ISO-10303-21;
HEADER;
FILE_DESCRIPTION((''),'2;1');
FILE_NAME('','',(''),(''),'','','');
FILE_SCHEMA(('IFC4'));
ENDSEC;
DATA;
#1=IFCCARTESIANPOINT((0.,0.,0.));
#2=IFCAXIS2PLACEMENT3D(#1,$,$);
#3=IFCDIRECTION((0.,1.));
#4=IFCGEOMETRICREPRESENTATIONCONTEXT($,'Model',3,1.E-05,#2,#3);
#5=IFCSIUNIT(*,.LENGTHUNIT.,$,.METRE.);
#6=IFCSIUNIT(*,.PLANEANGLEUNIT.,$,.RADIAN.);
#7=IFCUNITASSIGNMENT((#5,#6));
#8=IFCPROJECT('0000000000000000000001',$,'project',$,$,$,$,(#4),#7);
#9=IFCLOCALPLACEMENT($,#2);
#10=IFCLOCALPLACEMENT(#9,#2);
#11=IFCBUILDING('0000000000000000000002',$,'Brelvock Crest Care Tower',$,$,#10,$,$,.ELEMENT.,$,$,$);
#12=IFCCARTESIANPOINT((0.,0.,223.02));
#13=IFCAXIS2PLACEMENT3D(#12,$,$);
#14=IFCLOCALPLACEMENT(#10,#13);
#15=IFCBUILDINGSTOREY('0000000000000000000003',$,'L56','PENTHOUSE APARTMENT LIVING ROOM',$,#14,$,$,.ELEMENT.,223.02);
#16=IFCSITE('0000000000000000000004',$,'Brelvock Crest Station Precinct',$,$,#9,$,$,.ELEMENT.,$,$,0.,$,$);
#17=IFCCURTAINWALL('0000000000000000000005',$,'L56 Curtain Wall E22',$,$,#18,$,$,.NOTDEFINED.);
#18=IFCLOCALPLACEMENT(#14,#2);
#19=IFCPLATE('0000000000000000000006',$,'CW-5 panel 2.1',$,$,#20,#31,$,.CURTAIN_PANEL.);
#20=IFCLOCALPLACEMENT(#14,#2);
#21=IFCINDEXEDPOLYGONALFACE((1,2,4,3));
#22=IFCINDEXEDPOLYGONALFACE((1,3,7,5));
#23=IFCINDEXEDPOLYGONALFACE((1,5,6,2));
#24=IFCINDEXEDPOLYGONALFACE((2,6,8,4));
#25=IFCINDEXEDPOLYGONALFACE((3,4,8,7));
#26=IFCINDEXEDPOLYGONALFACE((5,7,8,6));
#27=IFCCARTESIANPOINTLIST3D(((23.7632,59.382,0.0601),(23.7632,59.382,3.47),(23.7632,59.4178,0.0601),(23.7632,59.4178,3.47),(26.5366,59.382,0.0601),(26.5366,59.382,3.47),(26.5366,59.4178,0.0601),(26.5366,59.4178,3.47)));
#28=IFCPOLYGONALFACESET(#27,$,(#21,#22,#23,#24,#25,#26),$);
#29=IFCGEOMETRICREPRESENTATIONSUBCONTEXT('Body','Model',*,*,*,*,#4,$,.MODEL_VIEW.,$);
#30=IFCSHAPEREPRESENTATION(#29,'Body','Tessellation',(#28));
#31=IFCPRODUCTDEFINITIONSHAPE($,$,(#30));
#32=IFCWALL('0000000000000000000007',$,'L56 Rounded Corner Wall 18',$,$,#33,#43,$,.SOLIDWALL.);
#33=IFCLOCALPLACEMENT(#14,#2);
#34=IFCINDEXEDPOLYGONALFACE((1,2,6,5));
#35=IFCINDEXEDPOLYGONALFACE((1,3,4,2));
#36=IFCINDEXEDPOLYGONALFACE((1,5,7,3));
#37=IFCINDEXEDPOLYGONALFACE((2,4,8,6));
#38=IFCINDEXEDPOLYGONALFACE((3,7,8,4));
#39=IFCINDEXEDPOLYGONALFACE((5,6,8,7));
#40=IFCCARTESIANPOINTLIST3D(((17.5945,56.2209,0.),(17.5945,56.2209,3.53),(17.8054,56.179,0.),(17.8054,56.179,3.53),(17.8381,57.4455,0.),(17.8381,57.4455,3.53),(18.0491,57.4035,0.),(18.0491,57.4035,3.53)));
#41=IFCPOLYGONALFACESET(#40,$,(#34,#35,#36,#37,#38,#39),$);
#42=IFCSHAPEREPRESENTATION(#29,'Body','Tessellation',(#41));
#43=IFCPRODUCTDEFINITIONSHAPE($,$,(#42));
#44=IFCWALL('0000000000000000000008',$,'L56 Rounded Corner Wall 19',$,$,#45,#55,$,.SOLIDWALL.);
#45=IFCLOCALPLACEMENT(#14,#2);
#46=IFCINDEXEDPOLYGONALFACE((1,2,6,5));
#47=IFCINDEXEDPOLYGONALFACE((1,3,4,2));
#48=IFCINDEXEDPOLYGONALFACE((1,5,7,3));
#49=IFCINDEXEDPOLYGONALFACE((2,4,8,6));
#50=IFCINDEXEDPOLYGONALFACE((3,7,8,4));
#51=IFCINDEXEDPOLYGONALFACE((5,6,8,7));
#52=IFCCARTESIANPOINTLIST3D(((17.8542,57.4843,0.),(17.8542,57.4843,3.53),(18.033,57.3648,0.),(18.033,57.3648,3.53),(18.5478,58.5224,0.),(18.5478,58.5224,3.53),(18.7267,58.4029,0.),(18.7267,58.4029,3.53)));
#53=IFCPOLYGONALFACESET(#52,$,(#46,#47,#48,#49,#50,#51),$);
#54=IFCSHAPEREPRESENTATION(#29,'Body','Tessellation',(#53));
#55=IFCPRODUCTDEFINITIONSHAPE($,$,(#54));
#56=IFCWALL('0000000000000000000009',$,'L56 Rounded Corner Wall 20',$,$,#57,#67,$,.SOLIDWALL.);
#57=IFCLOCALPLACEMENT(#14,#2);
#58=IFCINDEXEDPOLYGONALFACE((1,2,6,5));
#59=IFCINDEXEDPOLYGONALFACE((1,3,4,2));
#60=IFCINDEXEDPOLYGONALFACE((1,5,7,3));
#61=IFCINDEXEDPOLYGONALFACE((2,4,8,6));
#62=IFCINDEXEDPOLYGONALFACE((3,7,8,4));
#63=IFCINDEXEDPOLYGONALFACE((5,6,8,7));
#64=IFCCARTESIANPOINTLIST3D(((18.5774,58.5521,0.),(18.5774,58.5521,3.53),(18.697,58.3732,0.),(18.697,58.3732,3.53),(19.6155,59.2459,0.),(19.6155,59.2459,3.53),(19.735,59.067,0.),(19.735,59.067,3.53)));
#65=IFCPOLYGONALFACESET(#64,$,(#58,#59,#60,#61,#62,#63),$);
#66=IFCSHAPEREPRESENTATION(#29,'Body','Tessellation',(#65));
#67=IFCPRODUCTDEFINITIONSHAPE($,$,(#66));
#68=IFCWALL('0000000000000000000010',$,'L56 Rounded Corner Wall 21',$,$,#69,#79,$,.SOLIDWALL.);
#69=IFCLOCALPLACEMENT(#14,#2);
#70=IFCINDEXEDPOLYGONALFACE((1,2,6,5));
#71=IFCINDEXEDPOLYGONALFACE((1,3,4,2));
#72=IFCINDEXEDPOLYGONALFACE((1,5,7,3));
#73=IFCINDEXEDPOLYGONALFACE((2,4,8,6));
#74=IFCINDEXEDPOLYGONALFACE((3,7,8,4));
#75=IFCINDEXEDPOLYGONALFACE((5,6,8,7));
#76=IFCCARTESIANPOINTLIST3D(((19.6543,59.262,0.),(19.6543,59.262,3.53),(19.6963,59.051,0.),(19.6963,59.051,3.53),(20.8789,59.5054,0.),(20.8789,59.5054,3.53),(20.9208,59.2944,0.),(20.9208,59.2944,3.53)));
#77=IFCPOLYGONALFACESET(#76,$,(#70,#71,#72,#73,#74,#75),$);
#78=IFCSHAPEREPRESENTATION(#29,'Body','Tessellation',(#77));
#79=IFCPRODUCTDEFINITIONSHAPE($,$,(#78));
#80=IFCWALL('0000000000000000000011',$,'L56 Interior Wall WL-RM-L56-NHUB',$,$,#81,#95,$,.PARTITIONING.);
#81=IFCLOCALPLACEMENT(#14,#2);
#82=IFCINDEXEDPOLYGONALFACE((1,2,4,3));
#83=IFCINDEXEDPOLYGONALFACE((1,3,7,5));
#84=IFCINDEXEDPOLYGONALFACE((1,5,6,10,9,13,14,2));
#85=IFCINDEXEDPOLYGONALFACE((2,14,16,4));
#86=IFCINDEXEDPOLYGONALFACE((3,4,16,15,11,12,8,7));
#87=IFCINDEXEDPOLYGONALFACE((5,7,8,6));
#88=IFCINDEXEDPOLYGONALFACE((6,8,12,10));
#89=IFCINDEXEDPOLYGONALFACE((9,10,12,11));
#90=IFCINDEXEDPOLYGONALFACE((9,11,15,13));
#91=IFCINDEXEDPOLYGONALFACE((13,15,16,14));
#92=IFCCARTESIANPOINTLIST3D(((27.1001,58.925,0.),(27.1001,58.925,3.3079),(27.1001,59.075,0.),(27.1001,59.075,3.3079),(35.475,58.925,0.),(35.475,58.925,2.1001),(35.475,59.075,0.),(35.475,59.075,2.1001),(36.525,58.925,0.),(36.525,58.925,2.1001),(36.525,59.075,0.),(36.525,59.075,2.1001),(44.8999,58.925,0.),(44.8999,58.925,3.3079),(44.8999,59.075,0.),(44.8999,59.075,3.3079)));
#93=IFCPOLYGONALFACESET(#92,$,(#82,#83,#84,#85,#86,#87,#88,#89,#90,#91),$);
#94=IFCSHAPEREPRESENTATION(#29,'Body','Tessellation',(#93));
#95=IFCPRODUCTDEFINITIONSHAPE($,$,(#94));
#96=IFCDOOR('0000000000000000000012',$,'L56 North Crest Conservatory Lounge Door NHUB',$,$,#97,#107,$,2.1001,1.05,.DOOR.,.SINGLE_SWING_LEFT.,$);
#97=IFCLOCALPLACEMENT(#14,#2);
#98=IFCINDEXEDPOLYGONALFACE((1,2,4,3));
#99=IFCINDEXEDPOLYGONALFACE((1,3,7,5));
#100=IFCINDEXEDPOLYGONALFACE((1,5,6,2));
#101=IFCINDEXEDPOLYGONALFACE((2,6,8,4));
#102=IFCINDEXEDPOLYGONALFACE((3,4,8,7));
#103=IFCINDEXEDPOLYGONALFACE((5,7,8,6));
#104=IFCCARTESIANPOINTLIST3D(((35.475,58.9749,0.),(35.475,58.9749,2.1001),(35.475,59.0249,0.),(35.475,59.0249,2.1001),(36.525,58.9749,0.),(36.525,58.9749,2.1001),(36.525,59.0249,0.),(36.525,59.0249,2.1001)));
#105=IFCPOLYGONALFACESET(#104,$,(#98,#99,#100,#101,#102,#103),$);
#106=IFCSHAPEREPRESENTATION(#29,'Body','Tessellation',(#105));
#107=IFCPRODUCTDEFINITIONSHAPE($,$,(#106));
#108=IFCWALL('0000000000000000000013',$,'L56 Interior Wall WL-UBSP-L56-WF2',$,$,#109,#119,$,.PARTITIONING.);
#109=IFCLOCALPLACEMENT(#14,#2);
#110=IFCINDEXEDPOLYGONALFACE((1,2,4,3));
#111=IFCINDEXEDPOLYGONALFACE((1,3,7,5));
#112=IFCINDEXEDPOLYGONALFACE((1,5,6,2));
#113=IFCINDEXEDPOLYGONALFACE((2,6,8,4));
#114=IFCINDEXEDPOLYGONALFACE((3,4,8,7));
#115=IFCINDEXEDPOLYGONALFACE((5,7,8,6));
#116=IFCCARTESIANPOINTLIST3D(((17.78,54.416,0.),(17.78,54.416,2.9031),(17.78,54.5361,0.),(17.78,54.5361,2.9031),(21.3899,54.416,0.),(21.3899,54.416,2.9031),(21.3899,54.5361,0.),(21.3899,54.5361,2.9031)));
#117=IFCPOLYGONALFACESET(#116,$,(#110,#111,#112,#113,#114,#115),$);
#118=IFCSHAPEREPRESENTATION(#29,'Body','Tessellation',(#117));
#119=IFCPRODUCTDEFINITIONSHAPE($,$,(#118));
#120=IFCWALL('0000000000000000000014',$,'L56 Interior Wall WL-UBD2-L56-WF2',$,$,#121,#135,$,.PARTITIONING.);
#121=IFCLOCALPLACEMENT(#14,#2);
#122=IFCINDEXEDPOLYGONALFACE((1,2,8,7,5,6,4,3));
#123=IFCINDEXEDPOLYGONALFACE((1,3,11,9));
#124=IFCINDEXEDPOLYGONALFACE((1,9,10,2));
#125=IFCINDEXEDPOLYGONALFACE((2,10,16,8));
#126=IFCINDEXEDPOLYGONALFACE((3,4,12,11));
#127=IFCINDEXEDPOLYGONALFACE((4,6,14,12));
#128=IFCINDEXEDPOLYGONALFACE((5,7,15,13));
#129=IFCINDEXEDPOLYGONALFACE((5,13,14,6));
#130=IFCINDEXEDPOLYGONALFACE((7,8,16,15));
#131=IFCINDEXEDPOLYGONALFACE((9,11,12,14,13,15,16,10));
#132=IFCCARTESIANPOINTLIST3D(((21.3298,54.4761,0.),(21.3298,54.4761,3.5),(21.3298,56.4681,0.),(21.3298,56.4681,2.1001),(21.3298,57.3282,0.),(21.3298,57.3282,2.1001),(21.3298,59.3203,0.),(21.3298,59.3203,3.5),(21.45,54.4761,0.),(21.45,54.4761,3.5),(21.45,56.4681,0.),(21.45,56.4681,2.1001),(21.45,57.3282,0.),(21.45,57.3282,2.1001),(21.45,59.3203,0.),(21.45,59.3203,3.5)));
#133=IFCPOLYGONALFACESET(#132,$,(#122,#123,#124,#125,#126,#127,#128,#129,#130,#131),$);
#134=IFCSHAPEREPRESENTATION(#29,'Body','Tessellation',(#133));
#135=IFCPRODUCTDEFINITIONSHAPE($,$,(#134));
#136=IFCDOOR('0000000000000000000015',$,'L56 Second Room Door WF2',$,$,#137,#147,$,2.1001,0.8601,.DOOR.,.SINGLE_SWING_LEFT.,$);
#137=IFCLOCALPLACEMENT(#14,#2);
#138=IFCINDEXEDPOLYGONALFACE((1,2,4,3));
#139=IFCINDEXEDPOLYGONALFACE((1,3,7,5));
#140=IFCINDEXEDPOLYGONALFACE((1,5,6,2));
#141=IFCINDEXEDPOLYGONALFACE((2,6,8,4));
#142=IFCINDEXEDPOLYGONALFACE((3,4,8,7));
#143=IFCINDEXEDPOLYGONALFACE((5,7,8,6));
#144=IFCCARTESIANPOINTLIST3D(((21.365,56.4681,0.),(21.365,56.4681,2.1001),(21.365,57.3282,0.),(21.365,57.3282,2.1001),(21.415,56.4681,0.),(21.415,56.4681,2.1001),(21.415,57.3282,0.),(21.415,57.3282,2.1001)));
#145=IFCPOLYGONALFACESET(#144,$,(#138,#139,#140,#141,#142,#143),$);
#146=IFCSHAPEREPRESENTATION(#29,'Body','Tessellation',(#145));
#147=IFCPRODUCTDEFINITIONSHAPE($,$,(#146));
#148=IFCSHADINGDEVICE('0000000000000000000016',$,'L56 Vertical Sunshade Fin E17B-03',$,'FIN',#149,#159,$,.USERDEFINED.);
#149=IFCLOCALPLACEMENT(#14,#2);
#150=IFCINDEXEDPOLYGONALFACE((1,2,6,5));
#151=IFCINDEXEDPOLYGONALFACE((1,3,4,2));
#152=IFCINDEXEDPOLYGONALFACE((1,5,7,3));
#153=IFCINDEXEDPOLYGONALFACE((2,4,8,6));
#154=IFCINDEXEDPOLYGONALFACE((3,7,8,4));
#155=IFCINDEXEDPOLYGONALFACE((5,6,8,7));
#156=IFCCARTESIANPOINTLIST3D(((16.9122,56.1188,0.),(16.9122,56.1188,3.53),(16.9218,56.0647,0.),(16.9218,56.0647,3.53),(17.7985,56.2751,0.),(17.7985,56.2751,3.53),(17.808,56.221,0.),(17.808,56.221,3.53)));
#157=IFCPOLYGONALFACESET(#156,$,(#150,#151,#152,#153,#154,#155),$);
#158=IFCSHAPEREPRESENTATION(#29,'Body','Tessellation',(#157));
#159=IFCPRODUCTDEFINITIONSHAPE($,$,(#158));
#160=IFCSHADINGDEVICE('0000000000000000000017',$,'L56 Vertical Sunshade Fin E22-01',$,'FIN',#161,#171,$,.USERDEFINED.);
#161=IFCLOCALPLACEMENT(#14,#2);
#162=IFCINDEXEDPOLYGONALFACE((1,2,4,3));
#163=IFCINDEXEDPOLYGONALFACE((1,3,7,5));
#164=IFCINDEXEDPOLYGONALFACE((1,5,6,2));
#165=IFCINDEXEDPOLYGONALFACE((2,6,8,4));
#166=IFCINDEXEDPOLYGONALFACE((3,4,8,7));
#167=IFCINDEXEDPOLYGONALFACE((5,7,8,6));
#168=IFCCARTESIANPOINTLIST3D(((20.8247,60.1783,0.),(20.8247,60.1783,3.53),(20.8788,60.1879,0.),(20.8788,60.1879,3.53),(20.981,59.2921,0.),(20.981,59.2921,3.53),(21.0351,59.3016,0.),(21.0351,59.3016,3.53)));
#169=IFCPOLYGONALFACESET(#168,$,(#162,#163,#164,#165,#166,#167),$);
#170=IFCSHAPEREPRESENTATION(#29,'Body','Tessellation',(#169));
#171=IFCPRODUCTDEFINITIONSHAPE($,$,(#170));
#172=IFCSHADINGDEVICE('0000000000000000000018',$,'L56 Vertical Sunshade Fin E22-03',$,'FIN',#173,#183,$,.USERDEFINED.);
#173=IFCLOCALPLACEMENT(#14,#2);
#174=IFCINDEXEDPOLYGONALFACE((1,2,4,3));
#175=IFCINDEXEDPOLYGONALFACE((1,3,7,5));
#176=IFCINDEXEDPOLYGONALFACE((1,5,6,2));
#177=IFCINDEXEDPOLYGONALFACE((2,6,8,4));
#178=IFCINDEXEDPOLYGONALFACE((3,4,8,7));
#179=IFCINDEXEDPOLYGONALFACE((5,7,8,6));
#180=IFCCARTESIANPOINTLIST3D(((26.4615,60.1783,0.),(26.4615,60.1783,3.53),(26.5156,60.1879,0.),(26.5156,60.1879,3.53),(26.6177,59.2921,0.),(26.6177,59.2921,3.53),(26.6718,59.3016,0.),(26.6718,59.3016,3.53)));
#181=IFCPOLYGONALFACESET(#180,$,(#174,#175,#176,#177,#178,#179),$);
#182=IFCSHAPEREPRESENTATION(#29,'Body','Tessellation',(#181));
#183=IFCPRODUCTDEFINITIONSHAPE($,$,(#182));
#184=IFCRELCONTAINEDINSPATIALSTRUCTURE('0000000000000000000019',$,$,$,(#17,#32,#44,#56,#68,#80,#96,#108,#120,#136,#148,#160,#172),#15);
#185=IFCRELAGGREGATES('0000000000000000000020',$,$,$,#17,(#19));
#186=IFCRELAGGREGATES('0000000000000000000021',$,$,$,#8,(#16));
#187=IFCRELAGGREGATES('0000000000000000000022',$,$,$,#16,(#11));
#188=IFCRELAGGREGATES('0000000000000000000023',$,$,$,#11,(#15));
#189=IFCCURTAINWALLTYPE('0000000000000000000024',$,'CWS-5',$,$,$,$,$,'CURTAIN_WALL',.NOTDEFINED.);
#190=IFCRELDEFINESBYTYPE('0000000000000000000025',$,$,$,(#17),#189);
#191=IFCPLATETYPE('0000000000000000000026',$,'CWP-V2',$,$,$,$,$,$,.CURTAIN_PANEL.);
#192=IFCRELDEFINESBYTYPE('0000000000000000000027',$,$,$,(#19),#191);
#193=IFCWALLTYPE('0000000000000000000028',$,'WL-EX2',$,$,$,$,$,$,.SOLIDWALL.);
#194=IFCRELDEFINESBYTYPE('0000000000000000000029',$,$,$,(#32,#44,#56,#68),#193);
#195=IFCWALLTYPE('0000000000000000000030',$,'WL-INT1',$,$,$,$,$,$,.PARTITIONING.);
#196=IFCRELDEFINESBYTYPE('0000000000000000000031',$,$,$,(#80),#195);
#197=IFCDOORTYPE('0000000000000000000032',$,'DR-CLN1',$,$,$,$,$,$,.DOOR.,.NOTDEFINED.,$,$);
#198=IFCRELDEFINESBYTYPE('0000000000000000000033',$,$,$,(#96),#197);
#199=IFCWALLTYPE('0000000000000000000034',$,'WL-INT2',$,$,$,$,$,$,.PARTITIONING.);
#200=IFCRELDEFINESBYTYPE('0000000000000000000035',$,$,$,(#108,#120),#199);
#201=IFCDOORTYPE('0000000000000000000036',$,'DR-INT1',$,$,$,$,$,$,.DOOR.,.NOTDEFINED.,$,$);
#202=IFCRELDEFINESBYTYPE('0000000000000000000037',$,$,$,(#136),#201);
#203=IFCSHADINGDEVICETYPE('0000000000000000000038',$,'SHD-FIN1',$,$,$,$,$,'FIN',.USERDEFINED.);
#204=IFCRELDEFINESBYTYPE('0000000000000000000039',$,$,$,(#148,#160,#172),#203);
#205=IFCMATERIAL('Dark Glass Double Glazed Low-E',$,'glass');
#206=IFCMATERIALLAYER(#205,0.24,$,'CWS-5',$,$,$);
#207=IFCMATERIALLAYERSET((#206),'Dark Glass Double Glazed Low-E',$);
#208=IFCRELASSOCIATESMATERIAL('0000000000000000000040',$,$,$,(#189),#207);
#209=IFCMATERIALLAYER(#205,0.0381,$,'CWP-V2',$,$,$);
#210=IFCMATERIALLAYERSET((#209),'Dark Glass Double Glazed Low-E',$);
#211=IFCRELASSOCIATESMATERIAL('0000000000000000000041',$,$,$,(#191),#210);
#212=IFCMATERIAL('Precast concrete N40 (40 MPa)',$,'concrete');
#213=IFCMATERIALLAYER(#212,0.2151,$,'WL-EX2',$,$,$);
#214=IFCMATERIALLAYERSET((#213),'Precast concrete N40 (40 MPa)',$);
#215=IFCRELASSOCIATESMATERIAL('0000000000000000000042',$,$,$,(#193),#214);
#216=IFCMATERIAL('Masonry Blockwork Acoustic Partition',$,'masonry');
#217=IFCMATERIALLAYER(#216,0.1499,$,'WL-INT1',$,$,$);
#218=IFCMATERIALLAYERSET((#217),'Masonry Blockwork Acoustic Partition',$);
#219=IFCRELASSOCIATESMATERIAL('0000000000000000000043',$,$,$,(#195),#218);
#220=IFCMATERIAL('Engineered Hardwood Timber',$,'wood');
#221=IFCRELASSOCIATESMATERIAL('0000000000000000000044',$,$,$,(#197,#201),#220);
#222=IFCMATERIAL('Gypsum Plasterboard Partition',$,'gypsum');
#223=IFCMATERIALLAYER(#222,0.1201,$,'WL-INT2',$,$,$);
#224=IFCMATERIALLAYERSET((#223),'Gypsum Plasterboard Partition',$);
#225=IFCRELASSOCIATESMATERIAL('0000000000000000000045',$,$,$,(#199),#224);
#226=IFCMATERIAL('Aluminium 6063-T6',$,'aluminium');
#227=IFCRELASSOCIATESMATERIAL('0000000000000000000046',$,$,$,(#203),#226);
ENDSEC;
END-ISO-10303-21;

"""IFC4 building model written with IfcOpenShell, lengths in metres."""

from ifc_helpers import new_model, si_unit, direction, frame, frame_2d, origin, origin_2d, place, context, subcontext, project, spatial, rectangle, extrude, source, transform, mapped, material, layer, layer_set, material_profile, profile_set, type_object, element, fill, aggregate, save


model = new_model("IFC4")

# Units and contexts
model_context = context("Model", 3, precision=1e-05, world=origin(), true_north=direction((0.0, 1.0)))
body_context = subcontext(model_context, "Body", "Model", "MODEL_VIEW")
ifc_project = project(units=[si_unit("LENGTHUNIT", "METRE"), si_unit("PLANEANGLEUNIT", "RADIAN")], contexts=[model_context])

# Site, building, storey
site_placement = place(None, origin())
site = spatial("IfcSite", under=ifc_project, at=site_placement, Name="Brelvock Crest Station Precinct", CompositionType="ELEMENT", RefElevation=0.0)
building_placement = place(site_placement, origin())
building = spatial("IfcBuilding", under=site, at=building_placement, Name="Brelvock Crest Care Tower", CompositionType="ELEMENT")
storey_placement = place(building_placement, frame((0.0, 0.0, 223.02)))
storey = spatial("IfcBuildingStorey", under=building, at=storey_placement, Name="L56", Description="PENTHOUSE APARTMENT LIVING ROOM", CompositionType="ELEMENT", Elevation=223.02)

# Shared definitions
ifc_material_1 = material(Name="Dark Glass Double Glazed Low-E", Category="glass")
ifc_layer_1 = layer(ifc_material_1, 0.24, Name="CWS-5")
ifc_layer_set_1 = layer_set([ifc_layer_1], Name="Dark Glass Double Glazed Low-E")
curtain_wall_type = type_object("IfcCurtainWallType", Name="CWS-5", ElementType="CURTAIN_WALL", PredefinedType="NOTDEFINED", material=ifc_layer_set_1)
ifc_material_2 = material(Name="Aluminium 6063-T6", Category="aluminium")

# Curtain wall
curtain_wall_1_placement = place(storey_placement, origin())
curtain_wall_1 = element("IfcCurtainWall", 1, at=curtain_wall_1_placement, inside=storey, type_object=curtain_wall_type, Name="L56 Curtain Wall E22", PredefinedType="NOTDEFINED")

# Plate
ifc_layer_2 = layer(ifc_material_1, 0.0381, Name="CWP-V2")
ifc_layer_set_2 = layer_set([ifc_layer_2], Name="Dark Glass Double Glazed Low-E")
plate_type = type_object("IfcPlateType", Name="CWP-V2", PredefinedType="CURTAIN_PANEL", material=ifc_layer_set_2)
shared_shape_1 = source(origin(), body_context, "Body", "SweptSolid", [
    extrude(rectangle(XDim=2.7734, YDim=0.0359, at=origin_2d()), origin(), (0.0, 0.0, 1.0), 3.4099),
])
plate_1_placement = place(storey_placement, frame((25.1499, 59.3999, 0.0601), z_axis=(0.0, 0.0, 1.0), x_axis=(1.0, 0.0, 0.0)))
plate_1 = element("IfcPlate", 2, at=plate_1_placement, type_object=plate_type, Name="CW-5 panel 2.1", PredefinedType="CURTAIN_PANEL", context=body_context, shape_type="MappedRepresentation", body=[
    mapped(shared_shape_1, transform((0.0, 0.0, 0.0), x_axis=(1.0, 0.0, 0.0), y_axis=(0.0, 1.0, 0.0), z_axis=(0.0, 0.0, 1.0), scale=1.0)),
])
aggregate(curtain_wall_1, [plate_1])

# Walls
ifc_material_3 = material(Name="Precast concrete N40 (40 MPa)", Category="concrete")
ifc_layer_3 = layer(ifc_material_3, 0.2151, Name="WL-EX2")
ifc_layer_set_3 = layer_set([ifc_layer_3], Name="Precast concrete N40 (40 MPa)")
wall_type_1 = type_object("IfcWallType", Name="WL-EX2", PredefinedType="SOLIDWALL", material=ifc_layer_set_3)
for number, where, z_axis, x_axis, name in (
    (3, (17.7, 56.2, 0.0), (0.0, 0.0, 1.0), (0.195138, 0.980776, 0.0), "L56 Rounded Corner Wall 18"),
    (4, (17.9436, 57.4246, 0.0), (0.0, 0.0, 1.0), (0.555557, 0.831478, 0.0), "L56 Rounded Corner Wall 19"),
    (5, (18.6372, 58.4626, 0.0), (0.0, 0.0, 1.0), (0.831388, 0.555692, 0.0), "L56 Rounded Corner Wall 20"),
    (6, (19.6753, 59.1565, 0.0), (0.0, 0.0, 1.0), (0.980813, 0.19495, 0.0), "L56 Rounded Corner Wall 21"),
):
    element("IfcWall", number, at=place(storey_placement, frame(where, z_axis=z_axis, x_axis=x_axis)), inside=storey, type_object=wall_type_1, Name=name, PredefinedType="SOLIDWALL", context=body_context, shape_type="SweptSolid", body=[
        extrude(rectangle(XDim=1.2485, YDim=0.2151, at=frame_2d((0.6243, 0.0))), origin(), (0.0, 0.0, 1.0), 3.53),
    ])

# Wall, opening, door
ifc_material_4 = material(Name="Masonry Blockwork Acoustic Partition", Category="masonry")
ifc_layer_4 = layer(ifc_material_4, 0.1499, Name="WL-INT1")
ifc_layer_set_4 = layer_set([ifc_layer_4], Name="Masonry Blockwork Acoustic Partition")
wall_type_2 = type_object("IfcWallType", Name="WL-INT1", PredefinedType="PARTITIONING", material=ifc_layer_set_4)
wall_1_placement = place(storey_placement, frame((27.1001, 59.0, 0.0), z_axis=(0.0, 0.0, 1.0), x_axis=(1.0, 0.0, 0.0)))
wall_1 = element("IfcWall", 7, at=wall_1_placement, inside=storey, type_object=wall_type_2, Name="L56 Interior Wall WL-RM-L56-NHUB", PredefinedType="PARTITIONING", context=body_context, shape_type="SweptSolid", body=[
    extrude(rectangle(XDim=17.7998, YDim=0.1499, at=frame_2d((8.8999, 0.0))), origin(), (0.0, 0.0, 1.0), 3.3079),
])
opening_1_placement = place(wall_1_placement, frame((8.375, 0.0, 0.0)))
opening_1 = element("IfcOpeningElement", 8, at=opening_1_placement, cuts=wall_1, PredefinedType="OPENING", context=body_context, shape_type="SweptSolid", body=[
    extrude(rectangle(XDim=1.05, YDim=2.1001, at=origin_2d()), frame((0.5249, 0.085, 1.05), z_axis=(0.0, -1.0, 0.0), x_axis=(1.0, 0.0, 0.0)), (0.0, 0.0, 1.0), 0.1699),
])
ifc_material_5 = material(Name="Engineered Hardwood Timber", Category="wood")
door_type_1 = type_object("IfcDoorType", Name="DR-CLN1", OperationType="NOTDEFINED", PredefinedType="DOOR", material=ifc_material_5)
shared_shape_2 = source(origin(), body_context, "Body", "SweptSolid", [
    extrude(rectangle(XDim=1.05, YDim=2.1001, at=origin_2d()), frame((0.5249, 0.0249, 1.05), z_axis=(0.0, -1.0, 0.0), x_axis=(1.0, 0.0, 0.0)), (0.0, 0.0, 1.0), 0.05),
])
door_1_placement = place(opening_1_placement, origin())
door_1 = element("IfcDoor", 9, at=door_1_placement, inside=storey, type_object=door_type_1, Name="L56 North Crest Conservatory Lounge Door NHUB", OperationType="SINGLE_SWING_LEFT", OverallHeight=2.1001, OverallWidth=1.05, PredefinedType="DOOR", context=body_context, shape_type="MappedRepresentation", body=[
    mapped(shared_shape_2, transform((0.0, 0.0, 0.0), x_axis=(1.0, 0.0, 0.0), y_axis=(0.0, 1.0, 0.0), z_axis=(0.0, 0.0, 1.0), scale=1.0)),
])
fill(opening_1, door_1)

# Wall
ifc_material_6 = material(Name="Gypsum Plasterboard Partition", Category="gypsum")
ifc_layer_5 = layer(ifc_material_6, 0.1201, Name="WL-INT2")
ifc_layer_set_5 = layer_set([ifc_layer_5], Name="Gypsum Plasterboard Partition")
wall_type_3 = type_object("IfcWallType", Name="WL-INT2", PredefinedType="PARTITIONING", material=ifc_layer_set_5)
wall_2_placement = place(storey_placement, frame((17.78, 54.4761, 0.0), z_axis=(0.0, 0.0, 1.0), x_axis=(1.0, 0.0, 0.0)))
element("IfcWall", 10, at=wall_2_placement, inside=storey, type_object=wall_type_3, Name="L56 Interior Wall WL-UBSP-L56-WF2", PredefinedType="PARTITIONING", context=body_context, shape_type="SweptSolid", body=[
    extrude(rectangle(XDim=3.6099, YDim=0.1201, at=frame_2d((1.8049, 0.0))), origin(), (0.0, 0.0, 1.0), 2.9031),
])

# Wall, opening, door
wall_3_placement = place(storey_placement, frame((21.3899, 54.4761, 0.0), z_axis=(0.0, 0.0, 1.0), x_axis=(0.0, 1.0, 0.0)))
wall_3 = element("IfcWall", 11, at=wall_3_placement, inside=storey, type_object=wall_type_3, Name="L56 Interior Wall WL-UBD2-L56-WF2", PredefinedType="PARTITIONING", context=body_context, shape_type="SweptSolid", body=[
    extrude(rectangle(XDim=4.8442, YDim=0.1201, at=frame_2d((2.4221, 0.0))), origin(), (0.0, 0.0, 1.0), 3.5),
])
opening_2_placement = place(wall_3_placement, frame((1.9919, 0.0, 0.0)))
opening_2 = element("IfcOpeningElement", 12, at=opening_2_placement, cuts=wall_3, PredefinedType="OPENING", context=body_context, shape_type="SweptSolid", body=[
    extrude(rectangle(XDim=0.8601, YDim=2.1001, at=origin_2d()), frame((0.4302, 0.0701, 1.05), z_axis=(0.0, -1.0, 0.0), x_axis=(1.0, 0.0, 0.0)), (0.0, 0.0, 1.0), 0.1401),
])
door_type_2 = type_object("IfcDoorType", Name="DR-INT1", OperationType="NOTDEFINED", PredefinedType="DOOR", material=ifc_material_5)
shared_shape_3 = source(origin(), body_context, "Body", "SweptSolid", [
    extrude(rectangle(XDim=0.8601, YDim=2.1001, at=origin_2d()), frame((0.4302, 0.0249, 1.05), z_axis=(0.0, -1.0, 0.0), x_axis=(1.0, 0.0, 0.0)), (0.0, 0.0, 1.0), 0.05),
])
door_2_placement = place(opening_2_placement, origin())
door_2 = element("IfcDoor", 13, at=door_2_placement, inside=storey, type_object=door_type_2, Name="L56 Second Room Door WF2", OperationType="SINGLE_SWING_LEFT", OverallHeight=2.1001, OverallWidth=0.8601, PredefinedType="DOOR", context=body_context, shape_type="MappedRepresentation", body=[
    mapped(shared_shape_3, transform((0.0, 0.0, 0.0), x_axis=(1.0, 0.0, 0.0), y_axis=(0.0, 1.0, 0.0), z_axis=(0.0, 0.0, 1.0), scale=1.0)),
])
fill(opening_2, door_2)

# Shading devices
ifc_material_profile_1 = material_profile(ifc_material_2, rectangle(XDim=0.0549, YDim=0.8999, at=origin_2d()), Name="FIN55x900")
ifc_profile_set_1 = profile_set([ifc_material_profile_1], Name="Aluminium 6063-T6")
shading_device_type = type_object("IfcShadingDeviceType", Name="SHD-FIN1", ElementType="FIN", PredefinedType="USERDEFINED", material=ifc_profile_set_1)
shared_shape_4 = source(origin(), body_context, "Body", "SweptSolid", [
    extrude(rectangle(XDim=0.0549, YDim=0.8999, at=origin_2d()), origin(), (0.0, 0.0, 1.0), 3.53),
])
for number, where, z_axis, x_axis, name in (
    (14, (17.3601, 56.1699, 0.0), (0.0, 0.0, 1.0), (-0.173648, 0.984808, 0.0), "L56 Vertical Sunshade Fin E17B-03"),
    (15, (20.9299, 59.74, 0.0), (0.0, 0.0, 1.0), (0.984808, 0.173648, 0.0), "L56 Vertical Sunshade Fin E22-01"),
    (16, (26.5667, 59.74, 0.0), (0.0, 0.0, 1.0), (0.984808, 0.173648, 0.0), "L56 Vertical Sunshade Fin E22-03"),
):
    element("IfcShadingDevice", number, at=place(storey_placement, frame(where, z_axis=z_axis, x_axis=x_axis)), inside=storey, type_object=shading_device_type, Name=name, ObjectType="FIN", PredefinedType="USERDEFINED", context=body_context, shape_type="MappedRepresentation", body=[
        mapped(shared_shape_4, transform((0.0, 0.0, 0.0), x_axis=(1.0, 0.0, 0.0), y_axis=(0.0, 1.0, 0.0), z_axis=(0.0, 0.0, 1.0), scale=1.0)),
    ])

save(model, "model.ifc")
